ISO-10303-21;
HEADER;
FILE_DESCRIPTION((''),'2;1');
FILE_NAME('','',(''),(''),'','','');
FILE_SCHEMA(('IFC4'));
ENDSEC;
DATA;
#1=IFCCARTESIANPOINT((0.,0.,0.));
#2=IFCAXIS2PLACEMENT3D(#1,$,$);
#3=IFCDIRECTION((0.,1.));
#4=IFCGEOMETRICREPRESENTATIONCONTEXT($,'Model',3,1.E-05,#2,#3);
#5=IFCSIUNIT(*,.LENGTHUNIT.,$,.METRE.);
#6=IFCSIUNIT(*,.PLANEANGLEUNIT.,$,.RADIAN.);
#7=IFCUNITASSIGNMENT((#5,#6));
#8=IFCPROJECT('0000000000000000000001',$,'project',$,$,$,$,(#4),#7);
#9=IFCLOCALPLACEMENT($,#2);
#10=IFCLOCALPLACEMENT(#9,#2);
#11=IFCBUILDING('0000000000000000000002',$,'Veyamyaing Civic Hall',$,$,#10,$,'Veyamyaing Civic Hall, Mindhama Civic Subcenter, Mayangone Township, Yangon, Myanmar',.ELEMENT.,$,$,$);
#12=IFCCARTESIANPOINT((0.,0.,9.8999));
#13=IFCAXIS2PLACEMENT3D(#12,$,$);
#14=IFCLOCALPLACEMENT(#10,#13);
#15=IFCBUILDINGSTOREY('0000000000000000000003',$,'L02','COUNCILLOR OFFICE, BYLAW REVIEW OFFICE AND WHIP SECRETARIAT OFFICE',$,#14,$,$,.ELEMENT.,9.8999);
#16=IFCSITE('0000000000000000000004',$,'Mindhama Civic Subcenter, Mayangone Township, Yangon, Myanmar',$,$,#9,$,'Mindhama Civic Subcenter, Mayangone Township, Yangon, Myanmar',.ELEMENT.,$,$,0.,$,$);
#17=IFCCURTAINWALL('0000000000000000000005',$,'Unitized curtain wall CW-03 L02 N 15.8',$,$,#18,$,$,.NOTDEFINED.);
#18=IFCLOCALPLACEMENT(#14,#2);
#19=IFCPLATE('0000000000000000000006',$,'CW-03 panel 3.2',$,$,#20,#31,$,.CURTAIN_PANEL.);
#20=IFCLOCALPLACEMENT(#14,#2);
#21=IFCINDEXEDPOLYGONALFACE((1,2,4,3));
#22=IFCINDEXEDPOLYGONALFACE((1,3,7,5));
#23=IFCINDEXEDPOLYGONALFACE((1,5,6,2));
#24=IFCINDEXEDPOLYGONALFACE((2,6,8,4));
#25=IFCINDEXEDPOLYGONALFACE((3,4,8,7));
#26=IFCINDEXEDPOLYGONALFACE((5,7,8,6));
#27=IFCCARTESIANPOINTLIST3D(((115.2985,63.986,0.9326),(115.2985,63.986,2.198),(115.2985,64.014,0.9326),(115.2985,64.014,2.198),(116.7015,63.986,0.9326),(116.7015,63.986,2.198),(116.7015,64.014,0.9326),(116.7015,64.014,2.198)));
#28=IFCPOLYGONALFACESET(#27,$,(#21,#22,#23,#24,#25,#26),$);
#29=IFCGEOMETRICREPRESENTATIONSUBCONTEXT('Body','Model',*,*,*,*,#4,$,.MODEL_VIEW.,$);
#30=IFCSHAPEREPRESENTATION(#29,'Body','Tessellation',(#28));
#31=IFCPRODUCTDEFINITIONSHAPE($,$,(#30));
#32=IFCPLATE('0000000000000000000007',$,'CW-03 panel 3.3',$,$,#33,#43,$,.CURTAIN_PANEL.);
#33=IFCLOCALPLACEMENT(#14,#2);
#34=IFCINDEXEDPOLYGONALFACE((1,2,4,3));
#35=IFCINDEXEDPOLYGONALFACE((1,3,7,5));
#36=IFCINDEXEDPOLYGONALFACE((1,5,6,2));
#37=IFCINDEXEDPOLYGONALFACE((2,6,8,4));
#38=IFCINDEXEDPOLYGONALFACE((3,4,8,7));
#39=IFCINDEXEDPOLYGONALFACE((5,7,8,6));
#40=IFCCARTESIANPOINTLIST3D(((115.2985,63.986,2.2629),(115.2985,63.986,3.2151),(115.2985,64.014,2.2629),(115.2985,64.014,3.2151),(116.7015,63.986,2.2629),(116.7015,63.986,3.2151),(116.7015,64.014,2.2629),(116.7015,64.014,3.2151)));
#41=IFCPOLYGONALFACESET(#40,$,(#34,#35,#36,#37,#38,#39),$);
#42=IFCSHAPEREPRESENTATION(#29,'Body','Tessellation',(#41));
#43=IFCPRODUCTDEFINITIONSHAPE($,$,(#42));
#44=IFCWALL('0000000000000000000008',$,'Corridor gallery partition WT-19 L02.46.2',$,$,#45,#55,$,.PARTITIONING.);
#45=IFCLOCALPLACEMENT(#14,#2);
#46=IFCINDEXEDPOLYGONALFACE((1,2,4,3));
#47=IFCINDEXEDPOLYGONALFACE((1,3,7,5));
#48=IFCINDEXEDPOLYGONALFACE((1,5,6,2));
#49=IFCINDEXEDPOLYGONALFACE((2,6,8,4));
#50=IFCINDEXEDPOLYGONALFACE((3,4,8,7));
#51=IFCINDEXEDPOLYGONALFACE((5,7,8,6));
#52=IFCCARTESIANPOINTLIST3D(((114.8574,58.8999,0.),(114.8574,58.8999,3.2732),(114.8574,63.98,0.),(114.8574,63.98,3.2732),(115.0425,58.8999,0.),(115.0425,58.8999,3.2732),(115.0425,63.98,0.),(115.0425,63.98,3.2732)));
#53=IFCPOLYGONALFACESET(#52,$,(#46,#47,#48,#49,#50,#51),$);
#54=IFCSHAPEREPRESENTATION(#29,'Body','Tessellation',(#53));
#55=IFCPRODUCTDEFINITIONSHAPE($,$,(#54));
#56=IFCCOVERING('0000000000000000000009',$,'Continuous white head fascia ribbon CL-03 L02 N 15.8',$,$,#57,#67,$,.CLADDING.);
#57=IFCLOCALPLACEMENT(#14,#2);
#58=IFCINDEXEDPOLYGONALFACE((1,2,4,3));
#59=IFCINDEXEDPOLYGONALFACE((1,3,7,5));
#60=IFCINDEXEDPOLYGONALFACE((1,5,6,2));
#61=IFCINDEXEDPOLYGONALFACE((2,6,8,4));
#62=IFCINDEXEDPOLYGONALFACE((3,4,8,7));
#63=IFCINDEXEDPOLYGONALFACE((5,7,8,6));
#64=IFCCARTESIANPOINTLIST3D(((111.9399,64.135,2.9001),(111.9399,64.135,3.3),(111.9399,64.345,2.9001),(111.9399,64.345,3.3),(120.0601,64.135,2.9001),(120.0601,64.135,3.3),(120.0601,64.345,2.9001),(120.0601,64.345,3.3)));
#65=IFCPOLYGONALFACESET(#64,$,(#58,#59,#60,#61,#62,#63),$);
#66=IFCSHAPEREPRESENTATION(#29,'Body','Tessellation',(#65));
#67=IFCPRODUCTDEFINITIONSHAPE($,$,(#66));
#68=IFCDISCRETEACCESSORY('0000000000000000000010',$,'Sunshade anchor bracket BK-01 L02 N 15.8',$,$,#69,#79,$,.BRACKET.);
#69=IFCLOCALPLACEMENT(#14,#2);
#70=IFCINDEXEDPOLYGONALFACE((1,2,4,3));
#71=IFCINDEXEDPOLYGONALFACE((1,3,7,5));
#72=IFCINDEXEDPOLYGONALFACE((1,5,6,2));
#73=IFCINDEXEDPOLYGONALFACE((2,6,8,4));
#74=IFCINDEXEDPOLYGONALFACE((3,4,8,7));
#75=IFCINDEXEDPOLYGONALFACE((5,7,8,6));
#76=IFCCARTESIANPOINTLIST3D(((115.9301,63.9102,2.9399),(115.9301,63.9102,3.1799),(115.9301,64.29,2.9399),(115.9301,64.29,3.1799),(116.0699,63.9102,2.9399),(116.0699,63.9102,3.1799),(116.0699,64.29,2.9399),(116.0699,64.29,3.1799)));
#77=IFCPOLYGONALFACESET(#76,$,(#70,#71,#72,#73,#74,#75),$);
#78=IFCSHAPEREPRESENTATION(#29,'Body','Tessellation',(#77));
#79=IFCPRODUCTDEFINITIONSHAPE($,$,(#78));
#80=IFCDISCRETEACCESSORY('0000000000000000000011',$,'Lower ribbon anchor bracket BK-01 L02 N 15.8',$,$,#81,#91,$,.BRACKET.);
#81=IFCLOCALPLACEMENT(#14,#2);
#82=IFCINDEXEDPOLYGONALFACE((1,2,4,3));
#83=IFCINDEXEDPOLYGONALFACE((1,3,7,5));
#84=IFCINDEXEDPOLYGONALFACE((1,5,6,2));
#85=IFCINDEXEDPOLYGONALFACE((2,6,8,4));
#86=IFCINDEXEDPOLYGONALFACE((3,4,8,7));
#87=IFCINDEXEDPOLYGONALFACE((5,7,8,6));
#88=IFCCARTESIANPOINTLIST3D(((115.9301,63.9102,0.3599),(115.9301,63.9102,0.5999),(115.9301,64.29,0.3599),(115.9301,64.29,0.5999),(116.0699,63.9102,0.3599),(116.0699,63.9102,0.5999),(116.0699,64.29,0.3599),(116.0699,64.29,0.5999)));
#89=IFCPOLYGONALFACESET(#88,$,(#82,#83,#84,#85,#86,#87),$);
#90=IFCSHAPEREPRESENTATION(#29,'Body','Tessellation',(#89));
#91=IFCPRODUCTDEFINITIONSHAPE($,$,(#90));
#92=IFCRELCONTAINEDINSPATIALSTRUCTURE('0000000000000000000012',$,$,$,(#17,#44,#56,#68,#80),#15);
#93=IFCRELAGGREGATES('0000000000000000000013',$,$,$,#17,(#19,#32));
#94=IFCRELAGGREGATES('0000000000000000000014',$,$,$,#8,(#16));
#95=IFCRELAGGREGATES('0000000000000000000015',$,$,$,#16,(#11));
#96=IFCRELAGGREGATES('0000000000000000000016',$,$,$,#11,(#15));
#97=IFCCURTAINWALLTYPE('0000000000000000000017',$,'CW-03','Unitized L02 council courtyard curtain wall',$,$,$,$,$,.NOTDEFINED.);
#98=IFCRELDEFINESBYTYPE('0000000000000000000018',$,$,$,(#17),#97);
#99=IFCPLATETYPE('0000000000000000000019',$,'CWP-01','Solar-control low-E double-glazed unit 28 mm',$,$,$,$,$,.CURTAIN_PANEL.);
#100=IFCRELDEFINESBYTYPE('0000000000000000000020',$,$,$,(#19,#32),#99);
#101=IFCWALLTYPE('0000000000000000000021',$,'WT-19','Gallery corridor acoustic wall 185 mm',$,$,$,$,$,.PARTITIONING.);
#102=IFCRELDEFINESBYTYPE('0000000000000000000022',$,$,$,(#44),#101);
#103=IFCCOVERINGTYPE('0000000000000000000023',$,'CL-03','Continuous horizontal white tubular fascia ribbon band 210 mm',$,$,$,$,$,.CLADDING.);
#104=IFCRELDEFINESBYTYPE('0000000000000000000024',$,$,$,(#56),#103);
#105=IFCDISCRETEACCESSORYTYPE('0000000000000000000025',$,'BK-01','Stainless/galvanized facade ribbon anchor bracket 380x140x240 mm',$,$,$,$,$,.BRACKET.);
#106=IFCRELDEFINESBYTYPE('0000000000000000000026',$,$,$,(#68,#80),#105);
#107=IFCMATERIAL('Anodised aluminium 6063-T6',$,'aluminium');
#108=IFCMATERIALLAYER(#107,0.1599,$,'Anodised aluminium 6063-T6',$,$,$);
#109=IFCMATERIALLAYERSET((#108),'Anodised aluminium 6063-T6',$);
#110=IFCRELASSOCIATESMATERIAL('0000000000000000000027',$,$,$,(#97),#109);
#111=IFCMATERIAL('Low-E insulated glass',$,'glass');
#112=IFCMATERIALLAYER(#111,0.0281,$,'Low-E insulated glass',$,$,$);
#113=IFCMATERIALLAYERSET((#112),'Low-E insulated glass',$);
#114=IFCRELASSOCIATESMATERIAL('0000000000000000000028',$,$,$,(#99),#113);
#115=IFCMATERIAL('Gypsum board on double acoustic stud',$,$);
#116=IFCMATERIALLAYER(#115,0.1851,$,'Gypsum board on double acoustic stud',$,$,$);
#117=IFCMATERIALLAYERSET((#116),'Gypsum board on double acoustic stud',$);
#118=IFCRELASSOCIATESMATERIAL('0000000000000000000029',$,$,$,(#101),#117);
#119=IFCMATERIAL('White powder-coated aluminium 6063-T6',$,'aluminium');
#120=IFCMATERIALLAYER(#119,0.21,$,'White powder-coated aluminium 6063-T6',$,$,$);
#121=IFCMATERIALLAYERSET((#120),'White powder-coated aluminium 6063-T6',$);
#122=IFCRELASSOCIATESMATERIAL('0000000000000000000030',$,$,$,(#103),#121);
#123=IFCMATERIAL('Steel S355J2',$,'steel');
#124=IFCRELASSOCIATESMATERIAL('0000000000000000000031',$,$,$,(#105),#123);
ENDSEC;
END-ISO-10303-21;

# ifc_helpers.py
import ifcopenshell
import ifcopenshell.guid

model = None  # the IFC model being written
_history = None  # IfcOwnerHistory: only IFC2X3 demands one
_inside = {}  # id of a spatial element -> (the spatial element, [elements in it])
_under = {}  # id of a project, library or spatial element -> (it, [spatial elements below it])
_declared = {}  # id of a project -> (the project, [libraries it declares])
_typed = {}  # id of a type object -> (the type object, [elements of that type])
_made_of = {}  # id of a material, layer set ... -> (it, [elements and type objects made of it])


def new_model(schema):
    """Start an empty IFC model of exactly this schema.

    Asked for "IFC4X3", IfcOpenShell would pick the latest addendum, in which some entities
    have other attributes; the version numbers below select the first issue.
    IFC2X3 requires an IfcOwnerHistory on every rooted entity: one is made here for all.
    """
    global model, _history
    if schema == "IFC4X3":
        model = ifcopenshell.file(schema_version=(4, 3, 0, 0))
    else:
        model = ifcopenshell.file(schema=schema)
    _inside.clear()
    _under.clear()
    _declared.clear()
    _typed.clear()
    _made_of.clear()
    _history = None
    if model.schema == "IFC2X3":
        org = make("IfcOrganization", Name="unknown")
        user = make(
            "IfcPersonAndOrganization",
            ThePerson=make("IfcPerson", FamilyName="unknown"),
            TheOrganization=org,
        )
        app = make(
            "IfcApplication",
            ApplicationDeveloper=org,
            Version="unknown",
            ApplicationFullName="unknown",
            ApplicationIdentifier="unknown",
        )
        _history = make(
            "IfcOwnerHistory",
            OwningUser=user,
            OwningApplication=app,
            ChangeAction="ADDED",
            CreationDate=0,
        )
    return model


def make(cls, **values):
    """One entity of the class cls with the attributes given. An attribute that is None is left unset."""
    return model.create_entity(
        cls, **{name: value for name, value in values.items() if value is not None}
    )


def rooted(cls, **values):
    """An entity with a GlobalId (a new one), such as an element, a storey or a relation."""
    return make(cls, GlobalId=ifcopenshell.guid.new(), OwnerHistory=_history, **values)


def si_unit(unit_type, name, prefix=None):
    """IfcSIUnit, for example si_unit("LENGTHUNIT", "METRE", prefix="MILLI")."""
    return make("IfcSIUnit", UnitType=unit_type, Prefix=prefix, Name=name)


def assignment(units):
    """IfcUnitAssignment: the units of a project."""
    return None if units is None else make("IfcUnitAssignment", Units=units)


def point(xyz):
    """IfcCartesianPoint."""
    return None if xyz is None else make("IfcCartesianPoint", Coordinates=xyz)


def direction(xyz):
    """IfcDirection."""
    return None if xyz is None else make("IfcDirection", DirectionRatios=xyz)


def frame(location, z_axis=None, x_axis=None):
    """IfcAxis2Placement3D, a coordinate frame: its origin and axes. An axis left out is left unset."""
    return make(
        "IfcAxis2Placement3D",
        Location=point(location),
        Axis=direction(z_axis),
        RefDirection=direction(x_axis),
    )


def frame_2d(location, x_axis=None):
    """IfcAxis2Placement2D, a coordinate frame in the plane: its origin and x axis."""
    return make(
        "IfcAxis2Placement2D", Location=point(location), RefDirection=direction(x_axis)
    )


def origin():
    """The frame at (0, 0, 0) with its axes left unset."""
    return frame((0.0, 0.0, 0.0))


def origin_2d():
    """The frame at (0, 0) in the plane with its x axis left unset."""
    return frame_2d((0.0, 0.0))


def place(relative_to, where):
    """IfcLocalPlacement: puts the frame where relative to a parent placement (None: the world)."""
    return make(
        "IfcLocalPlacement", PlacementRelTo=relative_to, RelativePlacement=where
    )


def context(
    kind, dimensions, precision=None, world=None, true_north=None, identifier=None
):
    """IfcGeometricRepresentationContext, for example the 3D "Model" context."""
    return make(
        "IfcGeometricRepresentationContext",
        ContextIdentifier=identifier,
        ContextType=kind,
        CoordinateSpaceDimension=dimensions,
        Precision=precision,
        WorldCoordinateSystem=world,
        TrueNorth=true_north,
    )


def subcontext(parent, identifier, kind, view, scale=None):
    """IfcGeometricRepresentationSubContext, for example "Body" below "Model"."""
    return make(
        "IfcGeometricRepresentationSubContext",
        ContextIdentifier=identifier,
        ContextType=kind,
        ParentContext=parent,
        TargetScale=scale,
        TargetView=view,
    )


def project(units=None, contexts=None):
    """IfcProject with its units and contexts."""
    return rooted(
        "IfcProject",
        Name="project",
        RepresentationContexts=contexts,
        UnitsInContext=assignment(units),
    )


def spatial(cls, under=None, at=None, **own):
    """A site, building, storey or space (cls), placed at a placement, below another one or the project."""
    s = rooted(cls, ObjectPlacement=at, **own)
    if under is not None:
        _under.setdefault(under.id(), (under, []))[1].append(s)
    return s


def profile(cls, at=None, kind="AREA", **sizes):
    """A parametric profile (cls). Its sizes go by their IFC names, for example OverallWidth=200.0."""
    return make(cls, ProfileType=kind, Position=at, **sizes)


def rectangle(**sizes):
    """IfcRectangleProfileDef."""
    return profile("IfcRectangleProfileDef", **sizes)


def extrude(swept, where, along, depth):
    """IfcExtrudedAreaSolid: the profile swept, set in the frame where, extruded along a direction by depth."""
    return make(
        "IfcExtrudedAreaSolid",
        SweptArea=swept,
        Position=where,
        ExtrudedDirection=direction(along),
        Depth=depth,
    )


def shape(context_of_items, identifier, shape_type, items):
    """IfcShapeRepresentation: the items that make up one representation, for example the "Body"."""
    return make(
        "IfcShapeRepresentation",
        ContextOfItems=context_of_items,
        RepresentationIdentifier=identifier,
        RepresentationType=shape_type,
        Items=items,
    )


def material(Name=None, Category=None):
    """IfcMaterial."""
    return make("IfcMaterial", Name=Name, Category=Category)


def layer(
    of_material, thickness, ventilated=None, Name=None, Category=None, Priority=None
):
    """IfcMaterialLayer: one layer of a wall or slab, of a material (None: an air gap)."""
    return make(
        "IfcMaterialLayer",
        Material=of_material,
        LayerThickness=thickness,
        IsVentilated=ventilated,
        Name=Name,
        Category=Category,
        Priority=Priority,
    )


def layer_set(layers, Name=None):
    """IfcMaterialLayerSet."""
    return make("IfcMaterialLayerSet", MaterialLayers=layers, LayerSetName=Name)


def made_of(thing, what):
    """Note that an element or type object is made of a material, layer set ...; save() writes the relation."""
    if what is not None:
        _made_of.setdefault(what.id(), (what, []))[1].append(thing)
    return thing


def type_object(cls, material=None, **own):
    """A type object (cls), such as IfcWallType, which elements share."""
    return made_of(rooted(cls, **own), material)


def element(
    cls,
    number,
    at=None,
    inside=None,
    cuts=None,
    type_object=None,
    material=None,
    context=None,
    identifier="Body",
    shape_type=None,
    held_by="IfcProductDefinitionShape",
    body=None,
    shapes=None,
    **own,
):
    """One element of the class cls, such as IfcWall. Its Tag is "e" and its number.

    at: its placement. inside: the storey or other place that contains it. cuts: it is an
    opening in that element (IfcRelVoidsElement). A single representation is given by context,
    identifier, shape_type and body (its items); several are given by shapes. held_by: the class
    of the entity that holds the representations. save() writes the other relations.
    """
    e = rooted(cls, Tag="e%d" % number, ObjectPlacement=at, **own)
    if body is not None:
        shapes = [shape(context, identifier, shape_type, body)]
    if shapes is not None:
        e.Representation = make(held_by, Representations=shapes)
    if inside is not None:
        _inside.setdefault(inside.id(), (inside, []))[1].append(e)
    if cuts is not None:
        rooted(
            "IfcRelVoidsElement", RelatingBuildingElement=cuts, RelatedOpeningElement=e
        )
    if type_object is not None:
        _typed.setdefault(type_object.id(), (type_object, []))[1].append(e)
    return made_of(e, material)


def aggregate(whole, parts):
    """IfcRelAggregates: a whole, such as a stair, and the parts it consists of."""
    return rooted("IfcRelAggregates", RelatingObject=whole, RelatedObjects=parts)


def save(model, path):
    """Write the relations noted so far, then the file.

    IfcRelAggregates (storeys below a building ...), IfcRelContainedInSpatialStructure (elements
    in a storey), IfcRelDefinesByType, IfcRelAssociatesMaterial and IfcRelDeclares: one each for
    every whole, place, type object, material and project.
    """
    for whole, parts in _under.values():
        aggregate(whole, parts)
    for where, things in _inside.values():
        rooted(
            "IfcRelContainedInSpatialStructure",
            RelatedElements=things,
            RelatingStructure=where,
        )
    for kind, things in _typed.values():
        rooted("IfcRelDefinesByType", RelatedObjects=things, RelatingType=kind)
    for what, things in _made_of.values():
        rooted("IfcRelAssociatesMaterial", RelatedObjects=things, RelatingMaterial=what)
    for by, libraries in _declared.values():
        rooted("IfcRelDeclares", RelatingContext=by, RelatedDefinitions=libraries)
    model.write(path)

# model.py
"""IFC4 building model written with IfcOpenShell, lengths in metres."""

from ifc_helpers import new_model, si_unit, direction, frame, frame_2d, origin, origin_2d, place, context, subcontext, project, spatial, rectangle, extrude, material, layer, layer_set, type_object, element, aggregate, save


model = new_model("IFC4")

# Units and contexts
model_context = context("Model", 3, precision=1e-05, world=origin(), true_north=direction((0.0, 1.0)))
body_context = subcontext(model_context, "Body", "Model", "MODEL_VIEW")
ifc_project = project(units=[si_unit("LENGTHUNIT", "METRE"), si_unit("PLANEANGLEUNIT", "RADIAN")], contexts=[model_context])

# Site, building, storey
site_placement = place(None, origin())
site = spatial("IfcSite", under=ifc_project, at=site_placement, Name="Mindhama Civic Subcenter, Mayangone Township, Yangon, Myanmar", LongName="Mindhama Civic Subcenter, Mayangone Township, Yangon, Myanmar", CompositionType="ELEMENT", RefElevation=0.0)
building_placement = place(site_placement, origin())
building = spatial("IfcBuilding", under=site, at=building_placement, Name="Veyamyaing Civic Hall", LongName="Veyamyaing Civic Hall, Mindhama Civic Subcenter, Mayangone Township, Yangon, Myanmar", CompositionType="ELEMENT")
storey_placement = place(building_placement, frame((0.0, 0.0, 9.8999)))
storey = spatial("IfcBuildingStorey", under=building, at=storey_placement, Name="L02", Description="COUNCILLOR OFFICE, BYLAW REVIEW OFFICE AND WHIP SECRETARIAT OFFICE", CompositionType="ELEMENT", Elevation=9.8999)

# Curtain wall, plates
ifc_material_1 = material(Name="Anodised aluminium 6063-T6", Category="aluminium")
ifc_layer_1 = layer(ifc_material_1, 0.1599, Name="Anodised aluminium 6063-T6")
ifc_layer_set_1 = layer_set([ifc_layer_1], Name="Anodised aluminium 6063-T6")
curtain_wall_type = type_object("IfcCurtainWallType", Name="CW-03", Description="Unitized L02 council courtyard curtain wall", PredefinedType="NOTDEFINED", material=ifc_layer_set_1)
curtain_wall_placement = place(storey_placement, origin())
curtain_wall = element("IfcCurtainWall", 1, at=curtain_wall_placement, inside=storey, type_object=curtain_wall_type, Name="Unitized curtain wall CW-03 L02 N 15.8", PredefinedType="NOTDEFINED")
ifc_material_2 = material(Name="Low-E insulated glass", Category="glass")
ifc_layer_2 = layer(ifc_material_2, 0.0281, Name="Low-E insulated glass")
ifc_layer_set_2 = layer_set([ifc_layer_2], Name="Low-E insulated glass")
plate_type = type_object("IfcPlateType", Name="CWP-01", Description="Solar-control low-E double-glazed unit 28 mm", PredefinedType="CURTAIN_PANEL", material=ifc_layer_set_2)
plate_1_placement = place(storey_placement, frame((116.0, 64.0, 0.9326), z_axis=(0.0, 0.0, 1.0), x_axis=(1.0, 0.0, 0.0)))
plate_1 = element("IfcPlate", 2, at=plate_1_placement, type_object=plate_type, Name="CW-03 panel 3.2", PredefinedType="CURTAIN_PANEL", context=body_context, shape_type="SweptSolid", body=[
    extrude(rectangle(XDim=1.4031, YDim=0.0281, at=origin_2d()), origin(), (0.0, 0.0, 1.0), 1.2654),
])
plate_2_placement = place(storey_placement, frame((116.0, 64.0, 2.2629), z_axis=(0.0, 0.0, 1.0), x_axis=(1.0, 0.0, 0.0)))
plate_2 = element("IfcPlate", 3, at=plate_2_placement, type_object=plate_type, Name="CW-03 panel 3.3", PredefinedType="CURTAIN_PANEL", context=body_context, shape_type="SweptSolid", body=[
    extrude(rectangle(XDim=1.4031, YDim=0.0281, at=origin_2d()), origin(), (0.0, 0.0, 1.0), 0.9521),
])
aggregate(curtain_wall, [plate_1, plate_2])

# Shared definitions
ifc_material_3 = material(Name="Gypsum board on double acoustic stud")
ifc_layer_3 = layer(ifc_material_3, 0.1851, Name="Gypsum board on double acoustic stud")
ifc_layer_set_3 = layer_set([ifc_layer_3], Name="Gypsum board on double acoustic stud")
wall_type = type_object("IfcWallType", Name="WT-19", Description="Gallery corridor acoustic wall 185 mm", PredefinedType="PARTITIONING", material=ifc_layer_set_3)

# Wall
wall_1_placement = place(storey_placement, frame((114.95, 58.8999, 0.0), z_axis=(0.0, 0.0, 1.0), x_axis=(0.0, 1.0, 0.0)))
element("IfcWall", 4, at=wall_1_placement, inside=storey, type_object=wall_type, Name="Corridor gallery partition WT-19 L02.46.2", PredefinedType="PARTITIONING", context=body_context, shape_type="SweptSolid", body=[
    extrude(rectangle(XDim=5.0801, YDim=0.1851, at=frame_2d((2.54, 0.0))), origin(), (0.0, 0.0, 1.0), 3.2732),
])

# Covering
ifc_material_4 = material(Name="White powder-coated aluminium 6063-T6", Category="aluminium")
ifc_layer_4 = layer(ifc_material_4, 0.21, Name="White powder-coated aluminium 6063-T6")
ifc_layer_set_4 = layer_set([ifc_layer_4], Name="White powder-coated aluminium 6063-T6")
covering_type = type_object("IfcCoveringType", Name="CL-03", Description="Continuous horizontal white tubular fascia ribbon band 210 mm", PredefinedType="CLADDING", material=ifc_layer_set_4)
covering_placement = place(storey_placement, frame((116.0, 64.24, 2.9001), z_axis=(0.0, 0.0, 1.0), x_axis=(1.0, 0.0, 0.0)))
element("IfcCovering", 5, at=covering_placement, inside=storey, type_object=covering_type, Name="Continuous white head fascia ribbon CL-03 L02 N 15.8", PredefinedType="CLADDING", context=body_context, shape_type="SweptSolid", body=[
    extrude(rectangle(XDim=8.1201, YDim=0.21, at=origin_2d()), origin(), (0.0, 0.0, 1.0), 0.3999),
])

# Discrete accessories
ifc_material_5 = material(Name="Steel S355J2", Category="steel")
discrete_accessory_type = type_object("IfcDiscreteAccessoryType", Name="BK-01", Description="Stainless/galvanized facade ribbon anchor bracket 380x140x240 mm", PredefinedType="BRACKET", material=ifc_material_5)
for number, where, z_axis, x_axis, name in (
    (6, (116.0, 64.1001, 2.9399), (0.0, 0.0, 1.0), (0.0, 1.0, 0.0), "Sunshade anchor bracket BK-01 L02 N 15.8"),
    (7, (116.0, 64.1001, 0.3599), (0.0, 0.0, 1.0), (0.0, 1.0, 0.0), "Lower ribbon anchor bracket BK-01 L02 N 15.8"),
):
    element("IfcDiscreteAccessory", number, at=place(storey_placement, frame(where, z_axis=z_axis, x_axis=x_axis)), inside=storey, type_object=discrete_accessory_type, Name=name, PredefinedType="BRACKET", context=body_context, shape_type="SweptSolid", body=[
        extrude(rectangle(XDim=0.3799, YDim=0.1399, at=origin_2d()), origin(), (0.0, 0.0, 1.0), 0.24),
    ])

save(model, "model.ifc")
